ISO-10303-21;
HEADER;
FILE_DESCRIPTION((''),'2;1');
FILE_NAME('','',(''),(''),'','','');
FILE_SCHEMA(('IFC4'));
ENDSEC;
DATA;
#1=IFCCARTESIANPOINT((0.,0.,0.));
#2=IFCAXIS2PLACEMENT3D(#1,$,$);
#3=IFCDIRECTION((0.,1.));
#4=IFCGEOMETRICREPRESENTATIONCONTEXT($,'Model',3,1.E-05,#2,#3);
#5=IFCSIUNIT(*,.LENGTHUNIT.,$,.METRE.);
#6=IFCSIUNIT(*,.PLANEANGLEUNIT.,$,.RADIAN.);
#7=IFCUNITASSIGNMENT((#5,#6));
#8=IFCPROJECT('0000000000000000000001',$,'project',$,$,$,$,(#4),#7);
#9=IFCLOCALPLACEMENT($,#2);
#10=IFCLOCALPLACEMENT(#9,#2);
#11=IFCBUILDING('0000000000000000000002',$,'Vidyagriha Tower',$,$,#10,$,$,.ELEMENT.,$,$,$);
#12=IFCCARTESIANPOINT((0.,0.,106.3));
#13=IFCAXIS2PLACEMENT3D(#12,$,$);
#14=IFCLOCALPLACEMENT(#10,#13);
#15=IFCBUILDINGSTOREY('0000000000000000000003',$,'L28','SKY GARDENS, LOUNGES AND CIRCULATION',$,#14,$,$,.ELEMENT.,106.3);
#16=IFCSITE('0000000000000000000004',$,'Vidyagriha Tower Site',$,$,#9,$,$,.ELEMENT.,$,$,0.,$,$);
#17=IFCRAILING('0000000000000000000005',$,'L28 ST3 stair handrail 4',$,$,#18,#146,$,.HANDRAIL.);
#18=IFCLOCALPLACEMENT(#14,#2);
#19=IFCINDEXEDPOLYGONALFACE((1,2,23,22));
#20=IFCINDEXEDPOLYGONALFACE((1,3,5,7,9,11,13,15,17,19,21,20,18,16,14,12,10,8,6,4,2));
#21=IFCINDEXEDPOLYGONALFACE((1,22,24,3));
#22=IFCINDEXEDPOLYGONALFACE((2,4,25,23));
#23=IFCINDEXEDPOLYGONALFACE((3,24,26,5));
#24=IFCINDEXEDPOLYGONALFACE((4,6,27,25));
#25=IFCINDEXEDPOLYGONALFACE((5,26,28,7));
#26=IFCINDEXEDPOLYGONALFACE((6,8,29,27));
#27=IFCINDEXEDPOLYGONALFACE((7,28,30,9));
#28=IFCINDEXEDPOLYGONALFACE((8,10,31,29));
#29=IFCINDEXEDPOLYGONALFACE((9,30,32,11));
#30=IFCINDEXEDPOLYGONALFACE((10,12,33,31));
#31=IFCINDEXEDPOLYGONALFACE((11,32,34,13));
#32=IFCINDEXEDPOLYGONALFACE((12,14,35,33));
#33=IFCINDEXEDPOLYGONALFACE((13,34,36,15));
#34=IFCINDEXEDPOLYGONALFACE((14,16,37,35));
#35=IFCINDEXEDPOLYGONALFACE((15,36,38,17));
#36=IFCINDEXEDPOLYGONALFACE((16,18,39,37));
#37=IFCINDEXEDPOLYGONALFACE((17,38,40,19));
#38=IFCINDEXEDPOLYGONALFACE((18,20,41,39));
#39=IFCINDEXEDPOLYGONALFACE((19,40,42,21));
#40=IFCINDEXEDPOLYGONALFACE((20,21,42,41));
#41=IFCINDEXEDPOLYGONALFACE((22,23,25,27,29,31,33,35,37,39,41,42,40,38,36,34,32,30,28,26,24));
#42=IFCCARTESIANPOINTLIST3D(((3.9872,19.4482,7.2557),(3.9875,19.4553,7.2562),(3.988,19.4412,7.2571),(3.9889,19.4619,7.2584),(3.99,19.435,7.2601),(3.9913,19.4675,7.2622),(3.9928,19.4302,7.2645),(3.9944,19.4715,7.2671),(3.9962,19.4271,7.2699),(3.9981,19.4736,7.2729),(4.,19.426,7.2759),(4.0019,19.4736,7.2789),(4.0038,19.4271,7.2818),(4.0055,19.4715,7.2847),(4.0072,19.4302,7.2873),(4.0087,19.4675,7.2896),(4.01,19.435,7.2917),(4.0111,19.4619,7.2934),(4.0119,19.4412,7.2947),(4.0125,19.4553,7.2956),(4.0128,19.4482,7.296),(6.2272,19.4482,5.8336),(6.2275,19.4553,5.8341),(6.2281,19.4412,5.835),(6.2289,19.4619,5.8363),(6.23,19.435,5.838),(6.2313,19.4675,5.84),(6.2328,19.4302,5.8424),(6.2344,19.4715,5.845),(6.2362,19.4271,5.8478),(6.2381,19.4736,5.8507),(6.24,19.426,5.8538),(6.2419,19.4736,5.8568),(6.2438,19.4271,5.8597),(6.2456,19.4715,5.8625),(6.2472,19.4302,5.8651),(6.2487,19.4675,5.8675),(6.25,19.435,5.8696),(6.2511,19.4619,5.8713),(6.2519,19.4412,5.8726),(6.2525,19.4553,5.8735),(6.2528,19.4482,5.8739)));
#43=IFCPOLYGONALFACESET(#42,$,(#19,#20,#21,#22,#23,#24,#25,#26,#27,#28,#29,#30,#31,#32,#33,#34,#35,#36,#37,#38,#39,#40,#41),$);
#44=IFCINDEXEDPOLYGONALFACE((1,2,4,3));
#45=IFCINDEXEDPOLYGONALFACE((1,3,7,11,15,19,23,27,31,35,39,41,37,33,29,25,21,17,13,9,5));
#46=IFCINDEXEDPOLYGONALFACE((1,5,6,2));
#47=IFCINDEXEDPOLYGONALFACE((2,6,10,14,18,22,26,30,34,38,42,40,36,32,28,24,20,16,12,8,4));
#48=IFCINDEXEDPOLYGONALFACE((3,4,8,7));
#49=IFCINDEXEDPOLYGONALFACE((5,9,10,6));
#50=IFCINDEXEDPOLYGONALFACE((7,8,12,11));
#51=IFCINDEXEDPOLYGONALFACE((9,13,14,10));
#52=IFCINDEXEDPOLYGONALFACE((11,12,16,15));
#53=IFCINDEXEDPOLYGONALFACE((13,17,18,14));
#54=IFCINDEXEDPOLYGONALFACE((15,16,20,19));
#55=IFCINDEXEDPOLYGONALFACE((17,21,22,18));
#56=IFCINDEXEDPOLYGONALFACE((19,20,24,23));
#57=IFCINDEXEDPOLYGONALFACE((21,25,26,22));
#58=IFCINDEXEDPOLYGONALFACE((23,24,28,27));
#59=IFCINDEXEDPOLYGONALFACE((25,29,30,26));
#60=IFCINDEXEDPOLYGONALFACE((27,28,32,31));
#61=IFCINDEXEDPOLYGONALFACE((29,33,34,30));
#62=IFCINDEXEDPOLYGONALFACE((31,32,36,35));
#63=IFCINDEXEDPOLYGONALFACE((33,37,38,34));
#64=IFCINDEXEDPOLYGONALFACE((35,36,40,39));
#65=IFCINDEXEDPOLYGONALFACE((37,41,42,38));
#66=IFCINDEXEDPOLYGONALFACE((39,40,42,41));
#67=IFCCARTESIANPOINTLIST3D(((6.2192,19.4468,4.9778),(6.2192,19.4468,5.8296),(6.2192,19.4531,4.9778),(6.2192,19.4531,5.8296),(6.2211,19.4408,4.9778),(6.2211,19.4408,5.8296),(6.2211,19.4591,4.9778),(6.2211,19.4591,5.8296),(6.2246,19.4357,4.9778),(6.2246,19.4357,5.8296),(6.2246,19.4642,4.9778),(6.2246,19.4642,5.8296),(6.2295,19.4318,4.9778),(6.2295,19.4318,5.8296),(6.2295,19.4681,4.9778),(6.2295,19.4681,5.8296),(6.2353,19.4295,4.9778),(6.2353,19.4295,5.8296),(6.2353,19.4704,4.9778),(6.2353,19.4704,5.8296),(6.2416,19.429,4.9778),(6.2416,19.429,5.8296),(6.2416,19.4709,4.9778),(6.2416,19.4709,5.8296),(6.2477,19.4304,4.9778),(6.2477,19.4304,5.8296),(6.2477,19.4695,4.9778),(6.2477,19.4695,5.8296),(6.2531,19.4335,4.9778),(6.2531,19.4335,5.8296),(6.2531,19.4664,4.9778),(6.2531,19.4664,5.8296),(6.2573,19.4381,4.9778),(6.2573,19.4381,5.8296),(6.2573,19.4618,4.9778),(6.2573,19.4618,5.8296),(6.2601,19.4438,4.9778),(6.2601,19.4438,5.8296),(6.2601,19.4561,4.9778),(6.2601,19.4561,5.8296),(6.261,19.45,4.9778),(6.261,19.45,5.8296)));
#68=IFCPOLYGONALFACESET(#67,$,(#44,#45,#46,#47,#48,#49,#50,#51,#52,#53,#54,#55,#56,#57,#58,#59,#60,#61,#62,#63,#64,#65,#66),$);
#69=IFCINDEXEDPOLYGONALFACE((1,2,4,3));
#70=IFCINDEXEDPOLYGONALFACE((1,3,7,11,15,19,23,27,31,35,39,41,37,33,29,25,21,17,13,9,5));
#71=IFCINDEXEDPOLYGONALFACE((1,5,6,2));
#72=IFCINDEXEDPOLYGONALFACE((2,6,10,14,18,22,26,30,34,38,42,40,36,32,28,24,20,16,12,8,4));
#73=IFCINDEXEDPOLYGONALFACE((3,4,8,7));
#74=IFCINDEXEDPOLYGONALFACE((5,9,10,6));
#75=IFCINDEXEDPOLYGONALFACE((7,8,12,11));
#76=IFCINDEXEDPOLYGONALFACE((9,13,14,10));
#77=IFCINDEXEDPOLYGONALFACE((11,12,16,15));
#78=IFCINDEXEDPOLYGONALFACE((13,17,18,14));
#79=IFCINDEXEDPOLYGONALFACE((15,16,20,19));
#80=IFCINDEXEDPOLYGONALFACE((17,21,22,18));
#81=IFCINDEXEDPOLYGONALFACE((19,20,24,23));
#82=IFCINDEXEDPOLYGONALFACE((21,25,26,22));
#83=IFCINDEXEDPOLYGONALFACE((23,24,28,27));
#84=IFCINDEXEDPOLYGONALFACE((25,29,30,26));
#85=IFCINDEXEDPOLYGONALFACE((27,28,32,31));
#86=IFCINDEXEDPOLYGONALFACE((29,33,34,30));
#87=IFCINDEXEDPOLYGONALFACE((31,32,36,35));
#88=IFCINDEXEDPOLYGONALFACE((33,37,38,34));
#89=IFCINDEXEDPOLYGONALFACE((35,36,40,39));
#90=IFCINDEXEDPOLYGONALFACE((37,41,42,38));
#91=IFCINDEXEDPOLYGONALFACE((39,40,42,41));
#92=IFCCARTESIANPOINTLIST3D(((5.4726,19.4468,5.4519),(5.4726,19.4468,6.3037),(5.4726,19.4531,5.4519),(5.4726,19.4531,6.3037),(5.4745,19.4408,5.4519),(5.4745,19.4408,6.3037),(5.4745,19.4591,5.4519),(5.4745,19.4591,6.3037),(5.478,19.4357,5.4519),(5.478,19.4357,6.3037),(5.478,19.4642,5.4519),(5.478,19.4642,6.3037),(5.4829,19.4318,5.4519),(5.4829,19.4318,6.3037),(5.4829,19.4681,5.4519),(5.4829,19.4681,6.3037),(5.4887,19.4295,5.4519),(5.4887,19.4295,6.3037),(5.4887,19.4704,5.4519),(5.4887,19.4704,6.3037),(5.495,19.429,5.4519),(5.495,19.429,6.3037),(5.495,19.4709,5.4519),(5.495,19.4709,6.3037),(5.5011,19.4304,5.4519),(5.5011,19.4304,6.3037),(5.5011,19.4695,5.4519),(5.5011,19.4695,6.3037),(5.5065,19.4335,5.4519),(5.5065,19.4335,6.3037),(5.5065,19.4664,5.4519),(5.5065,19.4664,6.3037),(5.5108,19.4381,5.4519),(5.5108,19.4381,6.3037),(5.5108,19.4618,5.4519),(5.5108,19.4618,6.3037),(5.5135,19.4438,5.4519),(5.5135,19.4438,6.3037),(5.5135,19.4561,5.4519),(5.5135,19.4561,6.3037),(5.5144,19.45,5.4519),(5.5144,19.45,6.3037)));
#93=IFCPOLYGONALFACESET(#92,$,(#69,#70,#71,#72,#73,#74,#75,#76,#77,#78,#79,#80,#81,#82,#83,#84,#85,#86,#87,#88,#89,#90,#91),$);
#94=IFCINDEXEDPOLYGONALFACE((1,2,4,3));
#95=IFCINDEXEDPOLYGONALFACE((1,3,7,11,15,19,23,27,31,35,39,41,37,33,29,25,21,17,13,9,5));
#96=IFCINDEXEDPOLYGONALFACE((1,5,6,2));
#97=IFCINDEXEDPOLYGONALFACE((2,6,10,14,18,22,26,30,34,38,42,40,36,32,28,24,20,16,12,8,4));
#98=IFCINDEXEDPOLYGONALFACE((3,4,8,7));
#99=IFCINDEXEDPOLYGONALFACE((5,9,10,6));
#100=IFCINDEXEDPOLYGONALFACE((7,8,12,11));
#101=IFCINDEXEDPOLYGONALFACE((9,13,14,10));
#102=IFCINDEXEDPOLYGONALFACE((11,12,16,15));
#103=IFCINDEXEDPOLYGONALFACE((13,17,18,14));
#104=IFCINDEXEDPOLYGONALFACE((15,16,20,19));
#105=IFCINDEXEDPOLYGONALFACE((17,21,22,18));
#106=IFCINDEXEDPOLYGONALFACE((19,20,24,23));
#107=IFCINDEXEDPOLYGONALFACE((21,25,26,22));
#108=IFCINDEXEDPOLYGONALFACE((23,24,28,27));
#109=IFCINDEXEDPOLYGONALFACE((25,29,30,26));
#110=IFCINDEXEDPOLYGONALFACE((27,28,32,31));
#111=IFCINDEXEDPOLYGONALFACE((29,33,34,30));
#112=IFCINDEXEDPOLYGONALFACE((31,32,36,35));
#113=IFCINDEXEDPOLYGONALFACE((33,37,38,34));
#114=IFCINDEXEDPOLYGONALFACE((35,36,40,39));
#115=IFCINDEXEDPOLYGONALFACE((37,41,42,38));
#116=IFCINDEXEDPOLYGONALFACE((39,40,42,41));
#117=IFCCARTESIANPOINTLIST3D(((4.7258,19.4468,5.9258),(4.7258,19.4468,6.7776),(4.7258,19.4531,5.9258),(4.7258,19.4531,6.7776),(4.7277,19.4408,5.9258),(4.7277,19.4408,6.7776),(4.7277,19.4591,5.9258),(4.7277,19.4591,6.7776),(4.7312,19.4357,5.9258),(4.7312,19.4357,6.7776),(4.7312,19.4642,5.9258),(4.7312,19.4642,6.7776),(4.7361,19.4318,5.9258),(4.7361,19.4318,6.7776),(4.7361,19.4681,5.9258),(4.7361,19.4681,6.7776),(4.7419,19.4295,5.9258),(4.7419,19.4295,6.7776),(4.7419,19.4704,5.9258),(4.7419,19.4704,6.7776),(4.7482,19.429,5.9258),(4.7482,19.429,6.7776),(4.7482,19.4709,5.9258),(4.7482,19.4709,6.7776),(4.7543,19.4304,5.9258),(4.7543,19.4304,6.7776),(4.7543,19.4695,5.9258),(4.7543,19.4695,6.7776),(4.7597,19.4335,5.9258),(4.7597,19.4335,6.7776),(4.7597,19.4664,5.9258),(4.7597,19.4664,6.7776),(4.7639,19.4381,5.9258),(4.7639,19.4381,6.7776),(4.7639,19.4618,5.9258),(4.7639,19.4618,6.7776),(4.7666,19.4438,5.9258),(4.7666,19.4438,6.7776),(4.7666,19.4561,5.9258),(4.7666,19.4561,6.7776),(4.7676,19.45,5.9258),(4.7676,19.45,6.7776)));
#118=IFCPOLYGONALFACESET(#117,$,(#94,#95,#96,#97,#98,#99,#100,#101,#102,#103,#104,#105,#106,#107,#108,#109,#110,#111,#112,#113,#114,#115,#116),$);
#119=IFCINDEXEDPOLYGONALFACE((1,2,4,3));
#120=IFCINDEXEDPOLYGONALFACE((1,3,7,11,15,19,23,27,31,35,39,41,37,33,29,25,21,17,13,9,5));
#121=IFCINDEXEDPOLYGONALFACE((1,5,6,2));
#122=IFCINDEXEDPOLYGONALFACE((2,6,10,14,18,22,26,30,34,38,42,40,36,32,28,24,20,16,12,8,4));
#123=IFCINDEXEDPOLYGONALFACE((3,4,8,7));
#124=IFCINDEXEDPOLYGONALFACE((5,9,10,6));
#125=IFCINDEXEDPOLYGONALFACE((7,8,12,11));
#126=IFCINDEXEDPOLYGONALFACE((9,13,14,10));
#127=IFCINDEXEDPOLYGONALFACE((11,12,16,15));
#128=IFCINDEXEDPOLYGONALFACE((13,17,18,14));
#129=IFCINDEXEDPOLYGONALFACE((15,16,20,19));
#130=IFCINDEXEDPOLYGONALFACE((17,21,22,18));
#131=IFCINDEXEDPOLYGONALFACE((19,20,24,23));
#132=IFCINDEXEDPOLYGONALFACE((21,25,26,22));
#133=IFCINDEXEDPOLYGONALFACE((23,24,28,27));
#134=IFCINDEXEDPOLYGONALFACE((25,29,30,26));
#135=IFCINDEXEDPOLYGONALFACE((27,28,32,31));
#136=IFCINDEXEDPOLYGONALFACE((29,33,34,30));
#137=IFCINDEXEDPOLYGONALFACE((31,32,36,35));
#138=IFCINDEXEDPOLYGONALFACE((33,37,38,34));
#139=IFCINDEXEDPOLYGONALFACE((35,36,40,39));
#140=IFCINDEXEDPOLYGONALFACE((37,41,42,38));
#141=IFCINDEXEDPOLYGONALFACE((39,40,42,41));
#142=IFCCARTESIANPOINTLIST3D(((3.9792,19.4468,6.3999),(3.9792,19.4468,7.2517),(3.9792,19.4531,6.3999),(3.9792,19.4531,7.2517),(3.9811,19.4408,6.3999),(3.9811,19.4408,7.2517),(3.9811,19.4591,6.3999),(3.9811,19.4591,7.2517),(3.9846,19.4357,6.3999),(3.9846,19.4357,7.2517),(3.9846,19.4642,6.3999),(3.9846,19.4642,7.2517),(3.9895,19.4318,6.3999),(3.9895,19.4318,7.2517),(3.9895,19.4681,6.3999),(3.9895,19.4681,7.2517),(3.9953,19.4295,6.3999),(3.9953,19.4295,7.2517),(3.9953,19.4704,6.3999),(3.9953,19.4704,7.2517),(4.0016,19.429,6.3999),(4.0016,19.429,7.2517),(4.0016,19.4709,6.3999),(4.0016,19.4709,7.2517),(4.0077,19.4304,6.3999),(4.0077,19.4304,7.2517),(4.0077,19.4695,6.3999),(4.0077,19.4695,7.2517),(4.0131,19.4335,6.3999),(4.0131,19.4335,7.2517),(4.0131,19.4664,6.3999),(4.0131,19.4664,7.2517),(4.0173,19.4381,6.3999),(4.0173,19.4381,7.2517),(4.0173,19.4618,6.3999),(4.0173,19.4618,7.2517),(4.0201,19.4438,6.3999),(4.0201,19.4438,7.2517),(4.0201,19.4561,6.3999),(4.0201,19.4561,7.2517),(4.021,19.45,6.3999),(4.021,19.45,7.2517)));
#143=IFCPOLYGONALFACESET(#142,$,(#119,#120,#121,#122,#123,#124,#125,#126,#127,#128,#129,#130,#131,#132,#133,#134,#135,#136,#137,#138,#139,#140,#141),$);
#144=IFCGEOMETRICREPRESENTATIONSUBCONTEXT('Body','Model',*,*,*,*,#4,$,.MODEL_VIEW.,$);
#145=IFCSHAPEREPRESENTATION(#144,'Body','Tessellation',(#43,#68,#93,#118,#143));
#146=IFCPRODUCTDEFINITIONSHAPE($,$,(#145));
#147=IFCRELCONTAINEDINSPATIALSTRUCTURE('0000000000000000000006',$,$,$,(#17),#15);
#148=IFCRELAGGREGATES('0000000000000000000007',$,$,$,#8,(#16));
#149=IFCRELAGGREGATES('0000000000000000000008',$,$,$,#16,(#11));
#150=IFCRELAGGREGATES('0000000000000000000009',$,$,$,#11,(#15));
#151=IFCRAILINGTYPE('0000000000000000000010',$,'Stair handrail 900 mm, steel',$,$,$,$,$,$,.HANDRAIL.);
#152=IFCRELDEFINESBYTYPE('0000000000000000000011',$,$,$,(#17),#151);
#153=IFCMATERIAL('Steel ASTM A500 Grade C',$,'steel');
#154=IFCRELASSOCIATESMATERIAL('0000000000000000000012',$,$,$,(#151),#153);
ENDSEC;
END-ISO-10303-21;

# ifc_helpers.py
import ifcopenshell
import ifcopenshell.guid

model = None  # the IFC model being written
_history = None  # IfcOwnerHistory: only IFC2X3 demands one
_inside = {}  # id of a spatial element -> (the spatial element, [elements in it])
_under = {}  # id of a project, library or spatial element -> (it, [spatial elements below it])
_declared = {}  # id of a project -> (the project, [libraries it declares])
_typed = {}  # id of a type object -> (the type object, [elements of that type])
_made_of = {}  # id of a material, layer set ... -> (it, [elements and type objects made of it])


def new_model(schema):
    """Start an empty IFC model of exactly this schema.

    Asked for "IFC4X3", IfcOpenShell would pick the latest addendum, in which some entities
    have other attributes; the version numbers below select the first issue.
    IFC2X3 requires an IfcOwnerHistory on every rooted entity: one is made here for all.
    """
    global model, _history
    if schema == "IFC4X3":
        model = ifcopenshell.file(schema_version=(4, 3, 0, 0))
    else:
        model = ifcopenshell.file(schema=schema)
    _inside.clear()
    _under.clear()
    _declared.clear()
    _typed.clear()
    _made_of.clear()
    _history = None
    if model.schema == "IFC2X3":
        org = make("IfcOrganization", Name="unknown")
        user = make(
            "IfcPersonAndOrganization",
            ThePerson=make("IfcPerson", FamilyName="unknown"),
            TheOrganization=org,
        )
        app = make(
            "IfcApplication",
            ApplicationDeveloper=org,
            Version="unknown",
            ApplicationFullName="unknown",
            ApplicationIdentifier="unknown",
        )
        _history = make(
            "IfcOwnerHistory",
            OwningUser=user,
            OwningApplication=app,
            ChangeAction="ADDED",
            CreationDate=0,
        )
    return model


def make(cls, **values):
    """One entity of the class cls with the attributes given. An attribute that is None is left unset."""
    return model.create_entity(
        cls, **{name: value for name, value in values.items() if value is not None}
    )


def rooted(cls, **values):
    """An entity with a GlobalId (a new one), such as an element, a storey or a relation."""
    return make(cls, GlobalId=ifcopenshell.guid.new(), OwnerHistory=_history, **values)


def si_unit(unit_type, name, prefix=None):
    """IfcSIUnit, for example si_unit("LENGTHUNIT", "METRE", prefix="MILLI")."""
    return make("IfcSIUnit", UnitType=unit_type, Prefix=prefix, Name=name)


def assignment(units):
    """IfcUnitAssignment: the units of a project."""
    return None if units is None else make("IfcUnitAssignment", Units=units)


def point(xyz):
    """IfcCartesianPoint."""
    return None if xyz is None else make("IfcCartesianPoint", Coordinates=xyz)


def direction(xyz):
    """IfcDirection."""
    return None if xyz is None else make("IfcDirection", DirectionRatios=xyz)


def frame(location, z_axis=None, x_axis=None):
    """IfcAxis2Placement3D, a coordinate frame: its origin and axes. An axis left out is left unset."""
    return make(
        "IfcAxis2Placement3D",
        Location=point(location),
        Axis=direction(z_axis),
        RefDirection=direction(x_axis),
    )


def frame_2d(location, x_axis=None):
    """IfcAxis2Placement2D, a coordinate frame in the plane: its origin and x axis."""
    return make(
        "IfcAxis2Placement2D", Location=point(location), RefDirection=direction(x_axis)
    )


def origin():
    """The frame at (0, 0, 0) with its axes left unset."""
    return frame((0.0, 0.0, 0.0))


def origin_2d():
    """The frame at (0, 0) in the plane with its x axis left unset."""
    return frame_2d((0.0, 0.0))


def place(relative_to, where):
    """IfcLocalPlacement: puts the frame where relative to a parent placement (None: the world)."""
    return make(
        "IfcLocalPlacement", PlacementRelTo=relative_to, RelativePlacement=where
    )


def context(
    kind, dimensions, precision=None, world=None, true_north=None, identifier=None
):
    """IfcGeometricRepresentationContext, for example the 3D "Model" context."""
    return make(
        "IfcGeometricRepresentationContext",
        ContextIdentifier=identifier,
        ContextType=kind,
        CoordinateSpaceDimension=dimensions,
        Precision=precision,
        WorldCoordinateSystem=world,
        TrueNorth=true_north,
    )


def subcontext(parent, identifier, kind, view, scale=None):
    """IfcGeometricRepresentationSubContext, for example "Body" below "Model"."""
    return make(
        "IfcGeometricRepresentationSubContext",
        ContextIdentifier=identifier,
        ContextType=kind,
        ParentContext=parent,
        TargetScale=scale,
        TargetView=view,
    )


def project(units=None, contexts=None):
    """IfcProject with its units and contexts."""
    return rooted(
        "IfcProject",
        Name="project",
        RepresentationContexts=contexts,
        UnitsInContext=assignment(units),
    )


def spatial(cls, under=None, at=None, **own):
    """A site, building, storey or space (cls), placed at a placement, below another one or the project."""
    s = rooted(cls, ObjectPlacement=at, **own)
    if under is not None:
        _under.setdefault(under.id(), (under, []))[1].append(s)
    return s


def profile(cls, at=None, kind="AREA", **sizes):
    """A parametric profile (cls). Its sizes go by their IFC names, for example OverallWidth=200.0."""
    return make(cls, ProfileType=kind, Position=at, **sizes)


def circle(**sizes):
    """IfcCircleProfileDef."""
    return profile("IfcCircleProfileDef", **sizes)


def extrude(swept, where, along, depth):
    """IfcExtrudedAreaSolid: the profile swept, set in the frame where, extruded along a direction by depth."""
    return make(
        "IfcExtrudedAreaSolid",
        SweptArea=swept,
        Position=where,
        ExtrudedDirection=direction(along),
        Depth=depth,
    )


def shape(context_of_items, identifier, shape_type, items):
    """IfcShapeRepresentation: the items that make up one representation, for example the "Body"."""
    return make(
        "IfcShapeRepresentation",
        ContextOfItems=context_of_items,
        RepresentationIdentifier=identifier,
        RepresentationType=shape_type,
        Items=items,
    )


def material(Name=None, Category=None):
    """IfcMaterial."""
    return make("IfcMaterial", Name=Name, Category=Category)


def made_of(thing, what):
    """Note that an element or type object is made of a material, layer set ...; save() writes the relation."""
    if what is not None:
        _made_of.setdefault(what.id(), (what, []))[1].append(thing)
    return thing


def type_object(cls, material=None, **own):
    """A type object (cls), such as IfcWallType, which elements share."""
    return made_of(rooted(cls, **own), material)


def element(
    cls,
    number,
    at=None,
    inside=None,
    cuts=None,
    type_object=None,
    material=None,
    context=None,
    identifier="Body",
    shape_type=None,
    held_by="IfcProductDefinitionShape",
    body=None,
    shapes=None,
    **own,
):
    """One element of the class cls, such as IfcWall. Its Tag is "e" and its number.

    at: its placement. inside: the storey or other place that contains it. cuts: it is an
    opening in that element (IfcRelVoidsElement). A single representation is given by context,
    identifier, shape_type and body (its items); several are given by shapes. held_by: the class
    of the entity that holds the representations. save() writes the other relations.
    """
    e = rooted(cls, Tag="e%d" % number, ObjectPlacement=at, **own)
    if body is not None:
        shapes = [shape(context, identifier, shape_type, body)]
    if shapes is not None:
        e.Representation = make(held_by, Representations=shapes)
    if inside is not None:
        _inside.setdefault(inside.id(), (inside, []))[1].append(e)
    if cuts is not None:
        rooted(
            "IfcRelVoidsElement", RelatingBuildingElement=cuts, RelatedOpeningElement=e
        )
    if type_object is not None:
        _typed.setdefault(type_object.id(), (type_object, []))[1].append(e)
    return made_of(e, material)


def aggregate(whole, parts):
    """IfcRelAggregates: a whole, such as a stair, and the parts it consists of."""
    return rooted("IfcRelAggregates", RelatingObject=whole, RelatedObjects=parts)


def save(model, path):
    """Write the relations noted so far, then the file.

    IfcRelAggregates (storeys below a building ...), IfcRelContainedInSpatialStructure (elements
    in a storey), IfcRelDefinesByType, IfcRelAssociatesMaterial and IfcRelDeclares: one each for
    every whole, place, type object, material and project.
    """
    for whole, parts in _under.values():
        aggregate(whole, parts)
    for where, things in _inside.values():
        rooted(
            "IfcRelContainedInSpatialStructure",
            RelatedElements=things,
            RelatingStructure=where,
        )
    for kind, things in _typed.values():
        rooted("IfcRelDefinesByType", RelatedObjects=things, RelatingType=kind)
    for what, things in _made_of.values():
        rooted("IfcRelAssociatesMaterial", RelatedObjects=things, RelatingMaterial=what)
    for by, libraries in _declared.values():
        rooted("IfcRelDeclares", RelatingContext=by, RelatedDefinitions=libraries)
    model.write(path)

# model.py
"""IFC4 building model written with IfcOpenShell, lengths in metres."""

from ifc_helpers import new_model, si_unit, direction, frame, origin, origin_2d, place, context, subcontext, project, spatial, circle, extrude, material, type_object, element, save


model = new_model("IFC4")

# Units and contexts
model_context = context("Model", 3, precision=1e-05, world=origin(), true_north=direction((0.0, 1.0)))
body_context = subcontext(model_context, "Body", "Model", "MODEL_VIEW")
ifc_project = project(units=[si_unit("LENGTHUNIT", "METRE"), si_unit("PLANEANGLEUNIT", "RADIAN")], contexts=[model_context])

# Site, building, storey
site_placement = place(None, origin())
site = spatial("IfcSite", under=ifc_project, at=site_placement, Name="Vidyagriha Tower Site", CompositionType="ELEMENT", RefElevation=0.0)
building_placement = place(site_placement, origin())
building = spatial("IfcBuilding", under=site, at=building_placement, Name="Vidyagriha Tower", CompositionType="ELEMENT")
storey_placement = place(building_placement, frame((0.0, 0.0, 106.3)))
storey = spatial("IfcBuildingStorey", under=building, at=storey_placement, Name="L28", Description="SKY GARDENS, LOUNGES AND CIRCULATION", CompositionType="ELEMENT", Elevation=106.3)

# Railing
ifc_material_1 = material(Name="Steel ASTM A500 Grade C", Category="steel")
railing_type_1 = type_object("IfcRailingType", Name="Stair handrail 900 mm, steel", PredefinedType="HANDRAIL", material=ifc_material_1)
for number, where, name in (
    (1, (6.24, 19.45, 4.9778), "L28 ST3 stair handrail 4"),
):
    element("IfcRailing", number, at=place(storey_placement, frame(where)), inside=storey, type_object=railing_type_1, Name=name, PredefinedType="HANDRAIL", context=body_context, shape_type="SweptSolid", body=[
        extrude(circle(Radius=0.0239, at=origin_2d()), frame((0.0, 0.0, 0.876), z_axis=(-0.844229, 0.0, 0.535982), x_axis=(0.0, -1.0, 0.0)), (0.0, 0.0, 1.0), 2.6533),
        extrude(circle(Radius=0.021, at=origin_2d()), origin(), (0.0, 0.0, 1.0), 0.8518),
        extrude(circle(Radius=0.021, at=origin_2d()), frame((-0.7466, 0.0, 0.4741)), (0.0, 0.0, 1.0), 0.8518),
        extrude(circle(Radius=0.021, at=origin_2d()), frame((-1.4934, 0.0, 0.948)), (0.0, 0.0, 1.0), 0.8518),
        extrude(circle(Radius=0.021, at=origin_2d()), frame((-2.24, 0.0, 1.4221)), (0.0, 0.0, 1.0), 0.8518),
    ])

save(model, "model.ifc")
